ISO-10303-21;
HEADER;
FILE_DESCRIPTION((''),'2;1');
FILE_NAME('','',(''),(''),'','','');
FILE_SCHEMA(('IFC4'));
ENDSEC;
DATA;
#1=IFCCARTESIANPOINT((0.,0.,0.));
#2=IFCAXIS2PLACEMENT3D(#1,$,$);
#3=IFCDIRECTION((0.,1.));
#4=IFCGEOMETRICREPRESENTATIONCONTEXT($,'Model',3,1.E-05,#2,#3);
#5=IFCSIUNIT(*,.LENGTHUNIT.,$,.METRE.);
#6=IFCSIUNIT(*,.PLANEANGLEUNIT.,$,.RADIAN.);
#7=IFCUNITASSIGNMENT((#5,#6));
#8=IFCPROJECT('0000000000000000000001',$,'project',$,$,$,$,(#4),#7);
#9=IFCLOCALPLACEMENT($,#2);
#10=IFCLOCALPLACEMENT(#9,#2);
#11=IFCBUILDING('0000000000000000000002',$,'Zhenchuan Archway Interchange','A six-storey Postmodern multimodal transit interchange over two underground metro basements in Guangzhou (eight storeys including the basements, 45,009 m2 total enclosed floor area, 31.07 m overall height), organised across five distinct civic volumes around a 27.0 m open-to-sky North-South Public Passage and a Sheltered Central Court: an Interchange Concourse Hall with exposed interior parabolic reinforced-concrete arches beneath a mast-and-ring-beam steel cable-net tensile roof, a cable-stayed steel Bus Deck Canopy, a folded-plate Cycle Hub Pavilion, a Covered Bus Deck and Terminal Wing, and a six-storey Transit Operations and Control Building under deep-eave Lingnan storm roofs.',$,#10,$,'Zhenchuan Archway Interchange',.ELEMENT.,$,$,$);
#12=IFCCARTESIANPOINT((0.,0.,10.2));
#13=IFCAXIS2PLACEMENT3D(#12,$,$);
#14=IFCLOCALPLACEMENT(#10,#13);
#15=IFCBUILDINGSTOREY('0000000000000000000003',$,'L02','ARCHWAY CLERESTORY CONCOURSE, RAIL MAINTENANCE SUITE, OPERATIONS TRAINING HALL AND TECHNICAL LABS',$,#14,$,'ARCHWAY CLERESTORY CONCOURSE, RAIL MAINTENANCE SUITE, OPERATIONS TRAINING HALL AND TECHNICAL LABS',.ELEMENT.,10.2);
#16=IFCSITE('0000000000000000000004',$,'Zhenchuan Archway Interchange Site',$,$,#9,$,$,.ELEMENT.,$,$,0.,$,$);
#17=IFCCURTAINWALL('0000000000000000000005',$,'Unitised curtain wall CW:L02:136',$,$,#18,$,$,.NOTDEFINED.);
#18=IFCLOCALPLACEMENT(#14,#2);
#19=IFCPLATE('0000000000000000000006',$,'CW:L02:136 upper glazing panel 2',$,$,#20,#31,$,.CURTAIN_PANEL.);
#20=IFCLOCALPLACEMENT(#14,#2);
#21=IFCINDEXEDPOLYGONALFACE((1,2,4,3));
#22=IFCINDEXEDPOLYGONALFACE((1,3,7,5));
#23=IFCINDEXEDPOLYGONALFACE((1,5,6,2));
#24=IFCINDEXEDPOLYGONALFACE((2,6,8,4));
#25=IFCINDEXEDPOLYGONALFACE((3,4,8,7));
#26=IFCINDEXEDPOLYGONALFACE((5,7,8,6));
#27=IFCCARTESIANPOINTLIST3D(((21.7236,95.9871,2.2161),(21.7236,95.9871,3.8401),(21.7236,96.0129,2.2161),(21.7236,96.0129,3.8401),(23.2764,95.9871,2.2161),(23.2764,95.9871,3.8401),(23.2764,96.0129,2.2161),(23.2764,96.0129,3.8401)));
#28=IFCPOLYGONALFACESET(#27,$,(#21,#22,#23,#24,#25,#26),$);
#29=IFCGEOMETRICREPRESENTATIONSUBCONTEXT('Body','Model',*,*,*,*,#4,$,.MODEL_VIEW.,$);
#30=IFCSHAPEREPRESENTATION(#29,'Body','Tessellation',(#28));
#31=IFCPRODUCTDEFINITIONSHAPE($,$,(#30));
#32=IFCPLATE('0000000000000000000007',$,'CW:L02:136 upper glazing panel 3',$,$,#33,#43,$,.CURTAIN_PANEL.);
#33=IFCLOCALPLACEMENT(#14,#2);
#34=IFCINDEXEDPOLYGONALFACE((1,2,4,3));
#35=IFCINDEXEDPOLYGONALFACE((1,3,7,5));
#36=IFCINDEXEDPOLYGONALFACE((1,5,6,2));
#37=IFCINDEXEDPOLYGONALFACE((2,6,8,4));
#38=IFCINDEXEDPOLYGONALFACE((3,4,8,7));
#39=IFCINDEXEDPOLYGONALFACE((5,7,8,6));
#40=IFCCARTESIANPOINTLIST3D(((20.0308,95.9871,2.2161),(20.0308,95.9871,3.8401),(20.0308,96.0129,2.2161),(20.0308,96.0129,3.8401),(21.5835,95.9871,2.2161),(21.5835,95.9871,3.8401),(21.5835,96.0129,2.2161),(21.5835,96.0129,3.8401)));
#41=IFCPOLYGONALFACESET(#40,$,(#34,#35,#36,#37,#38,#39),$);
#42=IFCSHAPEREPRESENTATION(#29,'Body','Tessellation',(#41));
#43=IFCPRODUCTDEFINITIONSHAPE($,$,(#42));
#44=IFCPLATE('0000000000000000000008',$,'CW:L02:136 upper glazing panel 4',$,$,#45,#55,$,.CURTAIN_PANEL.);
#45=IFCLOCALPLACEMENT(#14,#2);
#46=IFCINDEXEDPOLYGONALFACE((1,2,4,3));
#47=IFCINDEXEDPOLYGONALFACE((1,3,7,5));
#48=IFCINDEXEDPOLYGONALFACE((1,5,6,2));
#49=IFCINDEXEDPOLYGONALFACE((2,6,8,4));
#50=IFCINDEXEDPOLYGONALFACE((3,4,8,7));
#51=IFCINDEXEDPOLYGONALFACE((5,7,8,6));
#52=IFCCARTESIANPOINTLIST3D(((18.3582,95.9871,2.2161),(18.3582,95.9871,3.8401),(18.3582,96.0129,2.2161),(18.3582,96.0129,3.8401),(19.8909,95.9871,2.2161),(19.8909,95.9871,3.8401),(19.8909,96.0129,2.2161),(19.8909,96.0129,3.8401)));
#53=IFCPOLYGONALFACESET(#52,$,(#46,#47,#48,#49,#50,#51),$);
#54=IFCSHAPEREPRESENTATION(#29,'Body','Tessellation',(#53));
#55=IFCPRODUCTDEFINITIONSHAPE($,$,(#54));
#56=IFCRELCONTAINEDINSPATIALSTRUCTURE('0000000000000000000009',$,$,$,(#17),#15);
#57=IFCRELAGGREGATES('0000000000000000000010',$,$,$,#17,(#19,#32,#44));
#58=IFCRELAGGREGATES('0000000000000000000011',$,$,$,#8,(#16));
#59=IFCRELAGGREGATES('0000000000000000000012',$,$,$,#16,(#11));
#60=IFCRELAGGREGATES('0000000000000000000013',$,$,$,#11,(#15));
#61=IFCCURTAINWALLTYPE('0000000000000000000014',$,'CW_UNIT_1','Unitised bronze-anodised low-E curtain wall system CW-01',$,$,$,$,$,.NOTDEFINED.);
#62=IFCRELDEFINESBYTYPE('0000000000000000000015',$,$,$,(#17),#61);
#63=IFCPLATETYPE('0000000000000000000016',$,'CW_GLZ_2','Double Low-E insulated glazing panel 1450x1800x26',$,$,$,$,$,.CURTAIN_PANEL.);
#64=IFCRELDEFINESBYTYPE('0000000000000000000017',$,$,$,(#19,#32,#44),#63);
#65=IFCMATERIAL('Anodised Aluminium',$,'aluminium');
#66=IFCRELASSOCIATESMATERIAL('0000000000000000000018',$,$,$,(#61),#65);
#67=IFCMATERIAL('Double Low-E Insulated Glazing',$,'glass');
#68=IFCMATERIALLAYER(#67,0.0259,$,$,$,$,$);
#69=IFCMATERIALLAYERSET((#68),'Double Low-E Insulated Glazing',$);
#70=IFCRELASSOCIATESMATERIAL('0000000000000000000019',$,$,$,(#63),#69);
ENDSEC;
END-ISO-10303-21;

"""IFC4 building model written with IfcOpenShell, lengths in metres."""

from ifc_helpers import new_model, si_unit, direction, frame, origin, origin_2d, place, context, subcontext, project, spatial, rectangle, extrude, material, layer, layer_set, type_object, element, aggregate, save


model = new_model("IFC4")

# Units and contexts
model_context = context("Model", 3, precision=1e-05, world=origin(), true_north=direction((0.0, 1.0)))
body_context = subcontext(model_context, "Body", "Model", "MODEL_VIEW")
ifc_project = project(units=[si_unit("LENGTHUNIT", "METRE"), si_unit("PLANEANGLEUNIT", "RADIAN")], contexts=[model_context])

# Site, building, storey
site_placement = place(None, origin())
site = spatial("IfcSite", under=ifc_project, at=site_placement, Name="Zhenchuan Archway Interchange Site", CompositionType="ELEMENT", RefElevation=0.0)
building_placement = place(site_placement, origin())
building = spatial("IfcBuilding", under=site, at=building_placement, Name="Zhenchuan Archway Interchange", Description="A six-storey Postmodern multimodal transit interchange over two underground metro basements in Guangzhou (eight storeys including the basements, 45,009 m2 total enclosed floor area, 31.07 m overall height), organised across five distinct civic volumes around a 27.0 m open-to-sky North-South Public Passage and a Sheltered Central Court: an Interchange Concourse Hall with exposed interior parabolic reinforced-concrete arches beneath a mast-and-ring-beam steel cable-net tensile roof, a cable-stayed steel Bus Deck Canopy, a folded-plate Cycle Hub Pavilion, a Covered Bus Deck and Terminal Wing, and a six-storey Transit Operations and Control Building under deep-eave Lingnan storm roofs.", LongName="Zhenchuan Archway Interchange", CompositionType="ELEMENT")
storey_placement = place(building_placement, frame((0.0, 0.0, 10.2)))
storey = spatial("IfcBuildingStorey", under=building, at=storey_placement, Name="L02", Description="ARCHWAY CLERESTORY CONCOURSE, RAIL MAINTENANCE SUITE, OPERATIONS TRAINING HALL AND TECHNICAL LABS", LongName="ARCHWAY CLERESTORY CONCOURSE, RAIL MAINTENANCE SUITE, OPERATIONS TRAINING HALL AND TECHNICAL LABS", CompositionType="ELEMENT", Elevation=10.2)

# Curtain wall
ifc_material_1 = material(Name="Anodised Aluminium", Category="aluminium")
curtain_wall_type = type_object("IfcCurtainWallType", Name="CW_UNIT_1", Description="Unitised bronze-anodised low-E curtain wall system CW-01", PredefinedType="NOTDEFINED", material=ifc_material_1)
curtain_wall_placement = place(storey_placement, origin())
curtain_wall = element("IfcCurtainWall", 1, at=curtain_wall_placement, inside=storey, type_object=curtain_wall_type, Name="Unitised curtain wall CW:L02:136", PredefinedType="NOTDEFINED")

# Plates
ifc_material_2 = material(Name="Double Low-E Insulated Glazing", Category="glass")
ifc_layer_1 = layer(ifc_material_2, 0.0259)
ifc_layer_set_1 = layer_set([ifc_layer_1], Name="Double Low-E Insulated Glazing")
plate_type_1 = type_object("IfcPlateType", Name="CW_GLZ_2", Description="Double Low-E insulated glazing panel 1450x1800x26", PredefinedType="CURTAIN_PANEL", material=ifc_layer_set_1)
plate_1_placement = place(storey_placement, frame((22.5, 96.0, 2.2161), z_axis=(0.0, 0.0, 1.0), x_axis=(-1.0, 0.0, 0.0)))
plate_1 = element("IfcPlate", 2, at=plate_1_placement, type_object=plate_type_1, Name="CW:L02:136 upper glazing panel 2", PredefinedType="CURTAIN_PANEL", context=body_context, shape_type="SweptSolid", body=[
    extrude(rectangle(XDim=1.5527, YDim=0.0259, at=origin_2d()), origin(), (0.0, 0.0, 1.0), 1.624),
])
plate_2_placement = place(storey_placement, frame((20.8071, 96.0, 2.2161), z_axis=(0.0, 0.0, 1.0), x_axis=(-1.0, 0.0, 0.0)))
plate_2 = element("IfcPlate", 3, at=plate_2_placement, type_object=plate_type_1, Name="CW:L02:136 upper glazing panel 3", PredefinedType="CURTAIN_PANEL", context=body_context, shape_type="SweptSolid", body=[
    extrude(rectangle(XDim=1.5527, YDim=0.0259, at=origin_2d()), origin(), (0.0, 0.0, 1.0), 1.624),
])
plate_3_placement = place(storey_placement, frame((19.1245, 96.0, 2.2161), z_axis=(0.0, 0.0, 1.0), x_axis=(-1.0, 0.0, 0.0)))
plate_3 = element("IfcPlate", 4, at=plate_3_placement, type_object=plate_type_1, Name="CW:L02:136 upper glazing panel 4", PredefinedType="CURTAIN_PANEL", context=body_context, shape_type="SweptSolid", body=[
    extrude(rectangle(XDim=1.5327, YDim=0.0259, at=origin_2d()), origin(), (0.0, 0.0, 1.0), 1.624),
])
aggregate(curtain_wall, [plate_1, plate_2, plate_3])

save(model, "model.ifc")
